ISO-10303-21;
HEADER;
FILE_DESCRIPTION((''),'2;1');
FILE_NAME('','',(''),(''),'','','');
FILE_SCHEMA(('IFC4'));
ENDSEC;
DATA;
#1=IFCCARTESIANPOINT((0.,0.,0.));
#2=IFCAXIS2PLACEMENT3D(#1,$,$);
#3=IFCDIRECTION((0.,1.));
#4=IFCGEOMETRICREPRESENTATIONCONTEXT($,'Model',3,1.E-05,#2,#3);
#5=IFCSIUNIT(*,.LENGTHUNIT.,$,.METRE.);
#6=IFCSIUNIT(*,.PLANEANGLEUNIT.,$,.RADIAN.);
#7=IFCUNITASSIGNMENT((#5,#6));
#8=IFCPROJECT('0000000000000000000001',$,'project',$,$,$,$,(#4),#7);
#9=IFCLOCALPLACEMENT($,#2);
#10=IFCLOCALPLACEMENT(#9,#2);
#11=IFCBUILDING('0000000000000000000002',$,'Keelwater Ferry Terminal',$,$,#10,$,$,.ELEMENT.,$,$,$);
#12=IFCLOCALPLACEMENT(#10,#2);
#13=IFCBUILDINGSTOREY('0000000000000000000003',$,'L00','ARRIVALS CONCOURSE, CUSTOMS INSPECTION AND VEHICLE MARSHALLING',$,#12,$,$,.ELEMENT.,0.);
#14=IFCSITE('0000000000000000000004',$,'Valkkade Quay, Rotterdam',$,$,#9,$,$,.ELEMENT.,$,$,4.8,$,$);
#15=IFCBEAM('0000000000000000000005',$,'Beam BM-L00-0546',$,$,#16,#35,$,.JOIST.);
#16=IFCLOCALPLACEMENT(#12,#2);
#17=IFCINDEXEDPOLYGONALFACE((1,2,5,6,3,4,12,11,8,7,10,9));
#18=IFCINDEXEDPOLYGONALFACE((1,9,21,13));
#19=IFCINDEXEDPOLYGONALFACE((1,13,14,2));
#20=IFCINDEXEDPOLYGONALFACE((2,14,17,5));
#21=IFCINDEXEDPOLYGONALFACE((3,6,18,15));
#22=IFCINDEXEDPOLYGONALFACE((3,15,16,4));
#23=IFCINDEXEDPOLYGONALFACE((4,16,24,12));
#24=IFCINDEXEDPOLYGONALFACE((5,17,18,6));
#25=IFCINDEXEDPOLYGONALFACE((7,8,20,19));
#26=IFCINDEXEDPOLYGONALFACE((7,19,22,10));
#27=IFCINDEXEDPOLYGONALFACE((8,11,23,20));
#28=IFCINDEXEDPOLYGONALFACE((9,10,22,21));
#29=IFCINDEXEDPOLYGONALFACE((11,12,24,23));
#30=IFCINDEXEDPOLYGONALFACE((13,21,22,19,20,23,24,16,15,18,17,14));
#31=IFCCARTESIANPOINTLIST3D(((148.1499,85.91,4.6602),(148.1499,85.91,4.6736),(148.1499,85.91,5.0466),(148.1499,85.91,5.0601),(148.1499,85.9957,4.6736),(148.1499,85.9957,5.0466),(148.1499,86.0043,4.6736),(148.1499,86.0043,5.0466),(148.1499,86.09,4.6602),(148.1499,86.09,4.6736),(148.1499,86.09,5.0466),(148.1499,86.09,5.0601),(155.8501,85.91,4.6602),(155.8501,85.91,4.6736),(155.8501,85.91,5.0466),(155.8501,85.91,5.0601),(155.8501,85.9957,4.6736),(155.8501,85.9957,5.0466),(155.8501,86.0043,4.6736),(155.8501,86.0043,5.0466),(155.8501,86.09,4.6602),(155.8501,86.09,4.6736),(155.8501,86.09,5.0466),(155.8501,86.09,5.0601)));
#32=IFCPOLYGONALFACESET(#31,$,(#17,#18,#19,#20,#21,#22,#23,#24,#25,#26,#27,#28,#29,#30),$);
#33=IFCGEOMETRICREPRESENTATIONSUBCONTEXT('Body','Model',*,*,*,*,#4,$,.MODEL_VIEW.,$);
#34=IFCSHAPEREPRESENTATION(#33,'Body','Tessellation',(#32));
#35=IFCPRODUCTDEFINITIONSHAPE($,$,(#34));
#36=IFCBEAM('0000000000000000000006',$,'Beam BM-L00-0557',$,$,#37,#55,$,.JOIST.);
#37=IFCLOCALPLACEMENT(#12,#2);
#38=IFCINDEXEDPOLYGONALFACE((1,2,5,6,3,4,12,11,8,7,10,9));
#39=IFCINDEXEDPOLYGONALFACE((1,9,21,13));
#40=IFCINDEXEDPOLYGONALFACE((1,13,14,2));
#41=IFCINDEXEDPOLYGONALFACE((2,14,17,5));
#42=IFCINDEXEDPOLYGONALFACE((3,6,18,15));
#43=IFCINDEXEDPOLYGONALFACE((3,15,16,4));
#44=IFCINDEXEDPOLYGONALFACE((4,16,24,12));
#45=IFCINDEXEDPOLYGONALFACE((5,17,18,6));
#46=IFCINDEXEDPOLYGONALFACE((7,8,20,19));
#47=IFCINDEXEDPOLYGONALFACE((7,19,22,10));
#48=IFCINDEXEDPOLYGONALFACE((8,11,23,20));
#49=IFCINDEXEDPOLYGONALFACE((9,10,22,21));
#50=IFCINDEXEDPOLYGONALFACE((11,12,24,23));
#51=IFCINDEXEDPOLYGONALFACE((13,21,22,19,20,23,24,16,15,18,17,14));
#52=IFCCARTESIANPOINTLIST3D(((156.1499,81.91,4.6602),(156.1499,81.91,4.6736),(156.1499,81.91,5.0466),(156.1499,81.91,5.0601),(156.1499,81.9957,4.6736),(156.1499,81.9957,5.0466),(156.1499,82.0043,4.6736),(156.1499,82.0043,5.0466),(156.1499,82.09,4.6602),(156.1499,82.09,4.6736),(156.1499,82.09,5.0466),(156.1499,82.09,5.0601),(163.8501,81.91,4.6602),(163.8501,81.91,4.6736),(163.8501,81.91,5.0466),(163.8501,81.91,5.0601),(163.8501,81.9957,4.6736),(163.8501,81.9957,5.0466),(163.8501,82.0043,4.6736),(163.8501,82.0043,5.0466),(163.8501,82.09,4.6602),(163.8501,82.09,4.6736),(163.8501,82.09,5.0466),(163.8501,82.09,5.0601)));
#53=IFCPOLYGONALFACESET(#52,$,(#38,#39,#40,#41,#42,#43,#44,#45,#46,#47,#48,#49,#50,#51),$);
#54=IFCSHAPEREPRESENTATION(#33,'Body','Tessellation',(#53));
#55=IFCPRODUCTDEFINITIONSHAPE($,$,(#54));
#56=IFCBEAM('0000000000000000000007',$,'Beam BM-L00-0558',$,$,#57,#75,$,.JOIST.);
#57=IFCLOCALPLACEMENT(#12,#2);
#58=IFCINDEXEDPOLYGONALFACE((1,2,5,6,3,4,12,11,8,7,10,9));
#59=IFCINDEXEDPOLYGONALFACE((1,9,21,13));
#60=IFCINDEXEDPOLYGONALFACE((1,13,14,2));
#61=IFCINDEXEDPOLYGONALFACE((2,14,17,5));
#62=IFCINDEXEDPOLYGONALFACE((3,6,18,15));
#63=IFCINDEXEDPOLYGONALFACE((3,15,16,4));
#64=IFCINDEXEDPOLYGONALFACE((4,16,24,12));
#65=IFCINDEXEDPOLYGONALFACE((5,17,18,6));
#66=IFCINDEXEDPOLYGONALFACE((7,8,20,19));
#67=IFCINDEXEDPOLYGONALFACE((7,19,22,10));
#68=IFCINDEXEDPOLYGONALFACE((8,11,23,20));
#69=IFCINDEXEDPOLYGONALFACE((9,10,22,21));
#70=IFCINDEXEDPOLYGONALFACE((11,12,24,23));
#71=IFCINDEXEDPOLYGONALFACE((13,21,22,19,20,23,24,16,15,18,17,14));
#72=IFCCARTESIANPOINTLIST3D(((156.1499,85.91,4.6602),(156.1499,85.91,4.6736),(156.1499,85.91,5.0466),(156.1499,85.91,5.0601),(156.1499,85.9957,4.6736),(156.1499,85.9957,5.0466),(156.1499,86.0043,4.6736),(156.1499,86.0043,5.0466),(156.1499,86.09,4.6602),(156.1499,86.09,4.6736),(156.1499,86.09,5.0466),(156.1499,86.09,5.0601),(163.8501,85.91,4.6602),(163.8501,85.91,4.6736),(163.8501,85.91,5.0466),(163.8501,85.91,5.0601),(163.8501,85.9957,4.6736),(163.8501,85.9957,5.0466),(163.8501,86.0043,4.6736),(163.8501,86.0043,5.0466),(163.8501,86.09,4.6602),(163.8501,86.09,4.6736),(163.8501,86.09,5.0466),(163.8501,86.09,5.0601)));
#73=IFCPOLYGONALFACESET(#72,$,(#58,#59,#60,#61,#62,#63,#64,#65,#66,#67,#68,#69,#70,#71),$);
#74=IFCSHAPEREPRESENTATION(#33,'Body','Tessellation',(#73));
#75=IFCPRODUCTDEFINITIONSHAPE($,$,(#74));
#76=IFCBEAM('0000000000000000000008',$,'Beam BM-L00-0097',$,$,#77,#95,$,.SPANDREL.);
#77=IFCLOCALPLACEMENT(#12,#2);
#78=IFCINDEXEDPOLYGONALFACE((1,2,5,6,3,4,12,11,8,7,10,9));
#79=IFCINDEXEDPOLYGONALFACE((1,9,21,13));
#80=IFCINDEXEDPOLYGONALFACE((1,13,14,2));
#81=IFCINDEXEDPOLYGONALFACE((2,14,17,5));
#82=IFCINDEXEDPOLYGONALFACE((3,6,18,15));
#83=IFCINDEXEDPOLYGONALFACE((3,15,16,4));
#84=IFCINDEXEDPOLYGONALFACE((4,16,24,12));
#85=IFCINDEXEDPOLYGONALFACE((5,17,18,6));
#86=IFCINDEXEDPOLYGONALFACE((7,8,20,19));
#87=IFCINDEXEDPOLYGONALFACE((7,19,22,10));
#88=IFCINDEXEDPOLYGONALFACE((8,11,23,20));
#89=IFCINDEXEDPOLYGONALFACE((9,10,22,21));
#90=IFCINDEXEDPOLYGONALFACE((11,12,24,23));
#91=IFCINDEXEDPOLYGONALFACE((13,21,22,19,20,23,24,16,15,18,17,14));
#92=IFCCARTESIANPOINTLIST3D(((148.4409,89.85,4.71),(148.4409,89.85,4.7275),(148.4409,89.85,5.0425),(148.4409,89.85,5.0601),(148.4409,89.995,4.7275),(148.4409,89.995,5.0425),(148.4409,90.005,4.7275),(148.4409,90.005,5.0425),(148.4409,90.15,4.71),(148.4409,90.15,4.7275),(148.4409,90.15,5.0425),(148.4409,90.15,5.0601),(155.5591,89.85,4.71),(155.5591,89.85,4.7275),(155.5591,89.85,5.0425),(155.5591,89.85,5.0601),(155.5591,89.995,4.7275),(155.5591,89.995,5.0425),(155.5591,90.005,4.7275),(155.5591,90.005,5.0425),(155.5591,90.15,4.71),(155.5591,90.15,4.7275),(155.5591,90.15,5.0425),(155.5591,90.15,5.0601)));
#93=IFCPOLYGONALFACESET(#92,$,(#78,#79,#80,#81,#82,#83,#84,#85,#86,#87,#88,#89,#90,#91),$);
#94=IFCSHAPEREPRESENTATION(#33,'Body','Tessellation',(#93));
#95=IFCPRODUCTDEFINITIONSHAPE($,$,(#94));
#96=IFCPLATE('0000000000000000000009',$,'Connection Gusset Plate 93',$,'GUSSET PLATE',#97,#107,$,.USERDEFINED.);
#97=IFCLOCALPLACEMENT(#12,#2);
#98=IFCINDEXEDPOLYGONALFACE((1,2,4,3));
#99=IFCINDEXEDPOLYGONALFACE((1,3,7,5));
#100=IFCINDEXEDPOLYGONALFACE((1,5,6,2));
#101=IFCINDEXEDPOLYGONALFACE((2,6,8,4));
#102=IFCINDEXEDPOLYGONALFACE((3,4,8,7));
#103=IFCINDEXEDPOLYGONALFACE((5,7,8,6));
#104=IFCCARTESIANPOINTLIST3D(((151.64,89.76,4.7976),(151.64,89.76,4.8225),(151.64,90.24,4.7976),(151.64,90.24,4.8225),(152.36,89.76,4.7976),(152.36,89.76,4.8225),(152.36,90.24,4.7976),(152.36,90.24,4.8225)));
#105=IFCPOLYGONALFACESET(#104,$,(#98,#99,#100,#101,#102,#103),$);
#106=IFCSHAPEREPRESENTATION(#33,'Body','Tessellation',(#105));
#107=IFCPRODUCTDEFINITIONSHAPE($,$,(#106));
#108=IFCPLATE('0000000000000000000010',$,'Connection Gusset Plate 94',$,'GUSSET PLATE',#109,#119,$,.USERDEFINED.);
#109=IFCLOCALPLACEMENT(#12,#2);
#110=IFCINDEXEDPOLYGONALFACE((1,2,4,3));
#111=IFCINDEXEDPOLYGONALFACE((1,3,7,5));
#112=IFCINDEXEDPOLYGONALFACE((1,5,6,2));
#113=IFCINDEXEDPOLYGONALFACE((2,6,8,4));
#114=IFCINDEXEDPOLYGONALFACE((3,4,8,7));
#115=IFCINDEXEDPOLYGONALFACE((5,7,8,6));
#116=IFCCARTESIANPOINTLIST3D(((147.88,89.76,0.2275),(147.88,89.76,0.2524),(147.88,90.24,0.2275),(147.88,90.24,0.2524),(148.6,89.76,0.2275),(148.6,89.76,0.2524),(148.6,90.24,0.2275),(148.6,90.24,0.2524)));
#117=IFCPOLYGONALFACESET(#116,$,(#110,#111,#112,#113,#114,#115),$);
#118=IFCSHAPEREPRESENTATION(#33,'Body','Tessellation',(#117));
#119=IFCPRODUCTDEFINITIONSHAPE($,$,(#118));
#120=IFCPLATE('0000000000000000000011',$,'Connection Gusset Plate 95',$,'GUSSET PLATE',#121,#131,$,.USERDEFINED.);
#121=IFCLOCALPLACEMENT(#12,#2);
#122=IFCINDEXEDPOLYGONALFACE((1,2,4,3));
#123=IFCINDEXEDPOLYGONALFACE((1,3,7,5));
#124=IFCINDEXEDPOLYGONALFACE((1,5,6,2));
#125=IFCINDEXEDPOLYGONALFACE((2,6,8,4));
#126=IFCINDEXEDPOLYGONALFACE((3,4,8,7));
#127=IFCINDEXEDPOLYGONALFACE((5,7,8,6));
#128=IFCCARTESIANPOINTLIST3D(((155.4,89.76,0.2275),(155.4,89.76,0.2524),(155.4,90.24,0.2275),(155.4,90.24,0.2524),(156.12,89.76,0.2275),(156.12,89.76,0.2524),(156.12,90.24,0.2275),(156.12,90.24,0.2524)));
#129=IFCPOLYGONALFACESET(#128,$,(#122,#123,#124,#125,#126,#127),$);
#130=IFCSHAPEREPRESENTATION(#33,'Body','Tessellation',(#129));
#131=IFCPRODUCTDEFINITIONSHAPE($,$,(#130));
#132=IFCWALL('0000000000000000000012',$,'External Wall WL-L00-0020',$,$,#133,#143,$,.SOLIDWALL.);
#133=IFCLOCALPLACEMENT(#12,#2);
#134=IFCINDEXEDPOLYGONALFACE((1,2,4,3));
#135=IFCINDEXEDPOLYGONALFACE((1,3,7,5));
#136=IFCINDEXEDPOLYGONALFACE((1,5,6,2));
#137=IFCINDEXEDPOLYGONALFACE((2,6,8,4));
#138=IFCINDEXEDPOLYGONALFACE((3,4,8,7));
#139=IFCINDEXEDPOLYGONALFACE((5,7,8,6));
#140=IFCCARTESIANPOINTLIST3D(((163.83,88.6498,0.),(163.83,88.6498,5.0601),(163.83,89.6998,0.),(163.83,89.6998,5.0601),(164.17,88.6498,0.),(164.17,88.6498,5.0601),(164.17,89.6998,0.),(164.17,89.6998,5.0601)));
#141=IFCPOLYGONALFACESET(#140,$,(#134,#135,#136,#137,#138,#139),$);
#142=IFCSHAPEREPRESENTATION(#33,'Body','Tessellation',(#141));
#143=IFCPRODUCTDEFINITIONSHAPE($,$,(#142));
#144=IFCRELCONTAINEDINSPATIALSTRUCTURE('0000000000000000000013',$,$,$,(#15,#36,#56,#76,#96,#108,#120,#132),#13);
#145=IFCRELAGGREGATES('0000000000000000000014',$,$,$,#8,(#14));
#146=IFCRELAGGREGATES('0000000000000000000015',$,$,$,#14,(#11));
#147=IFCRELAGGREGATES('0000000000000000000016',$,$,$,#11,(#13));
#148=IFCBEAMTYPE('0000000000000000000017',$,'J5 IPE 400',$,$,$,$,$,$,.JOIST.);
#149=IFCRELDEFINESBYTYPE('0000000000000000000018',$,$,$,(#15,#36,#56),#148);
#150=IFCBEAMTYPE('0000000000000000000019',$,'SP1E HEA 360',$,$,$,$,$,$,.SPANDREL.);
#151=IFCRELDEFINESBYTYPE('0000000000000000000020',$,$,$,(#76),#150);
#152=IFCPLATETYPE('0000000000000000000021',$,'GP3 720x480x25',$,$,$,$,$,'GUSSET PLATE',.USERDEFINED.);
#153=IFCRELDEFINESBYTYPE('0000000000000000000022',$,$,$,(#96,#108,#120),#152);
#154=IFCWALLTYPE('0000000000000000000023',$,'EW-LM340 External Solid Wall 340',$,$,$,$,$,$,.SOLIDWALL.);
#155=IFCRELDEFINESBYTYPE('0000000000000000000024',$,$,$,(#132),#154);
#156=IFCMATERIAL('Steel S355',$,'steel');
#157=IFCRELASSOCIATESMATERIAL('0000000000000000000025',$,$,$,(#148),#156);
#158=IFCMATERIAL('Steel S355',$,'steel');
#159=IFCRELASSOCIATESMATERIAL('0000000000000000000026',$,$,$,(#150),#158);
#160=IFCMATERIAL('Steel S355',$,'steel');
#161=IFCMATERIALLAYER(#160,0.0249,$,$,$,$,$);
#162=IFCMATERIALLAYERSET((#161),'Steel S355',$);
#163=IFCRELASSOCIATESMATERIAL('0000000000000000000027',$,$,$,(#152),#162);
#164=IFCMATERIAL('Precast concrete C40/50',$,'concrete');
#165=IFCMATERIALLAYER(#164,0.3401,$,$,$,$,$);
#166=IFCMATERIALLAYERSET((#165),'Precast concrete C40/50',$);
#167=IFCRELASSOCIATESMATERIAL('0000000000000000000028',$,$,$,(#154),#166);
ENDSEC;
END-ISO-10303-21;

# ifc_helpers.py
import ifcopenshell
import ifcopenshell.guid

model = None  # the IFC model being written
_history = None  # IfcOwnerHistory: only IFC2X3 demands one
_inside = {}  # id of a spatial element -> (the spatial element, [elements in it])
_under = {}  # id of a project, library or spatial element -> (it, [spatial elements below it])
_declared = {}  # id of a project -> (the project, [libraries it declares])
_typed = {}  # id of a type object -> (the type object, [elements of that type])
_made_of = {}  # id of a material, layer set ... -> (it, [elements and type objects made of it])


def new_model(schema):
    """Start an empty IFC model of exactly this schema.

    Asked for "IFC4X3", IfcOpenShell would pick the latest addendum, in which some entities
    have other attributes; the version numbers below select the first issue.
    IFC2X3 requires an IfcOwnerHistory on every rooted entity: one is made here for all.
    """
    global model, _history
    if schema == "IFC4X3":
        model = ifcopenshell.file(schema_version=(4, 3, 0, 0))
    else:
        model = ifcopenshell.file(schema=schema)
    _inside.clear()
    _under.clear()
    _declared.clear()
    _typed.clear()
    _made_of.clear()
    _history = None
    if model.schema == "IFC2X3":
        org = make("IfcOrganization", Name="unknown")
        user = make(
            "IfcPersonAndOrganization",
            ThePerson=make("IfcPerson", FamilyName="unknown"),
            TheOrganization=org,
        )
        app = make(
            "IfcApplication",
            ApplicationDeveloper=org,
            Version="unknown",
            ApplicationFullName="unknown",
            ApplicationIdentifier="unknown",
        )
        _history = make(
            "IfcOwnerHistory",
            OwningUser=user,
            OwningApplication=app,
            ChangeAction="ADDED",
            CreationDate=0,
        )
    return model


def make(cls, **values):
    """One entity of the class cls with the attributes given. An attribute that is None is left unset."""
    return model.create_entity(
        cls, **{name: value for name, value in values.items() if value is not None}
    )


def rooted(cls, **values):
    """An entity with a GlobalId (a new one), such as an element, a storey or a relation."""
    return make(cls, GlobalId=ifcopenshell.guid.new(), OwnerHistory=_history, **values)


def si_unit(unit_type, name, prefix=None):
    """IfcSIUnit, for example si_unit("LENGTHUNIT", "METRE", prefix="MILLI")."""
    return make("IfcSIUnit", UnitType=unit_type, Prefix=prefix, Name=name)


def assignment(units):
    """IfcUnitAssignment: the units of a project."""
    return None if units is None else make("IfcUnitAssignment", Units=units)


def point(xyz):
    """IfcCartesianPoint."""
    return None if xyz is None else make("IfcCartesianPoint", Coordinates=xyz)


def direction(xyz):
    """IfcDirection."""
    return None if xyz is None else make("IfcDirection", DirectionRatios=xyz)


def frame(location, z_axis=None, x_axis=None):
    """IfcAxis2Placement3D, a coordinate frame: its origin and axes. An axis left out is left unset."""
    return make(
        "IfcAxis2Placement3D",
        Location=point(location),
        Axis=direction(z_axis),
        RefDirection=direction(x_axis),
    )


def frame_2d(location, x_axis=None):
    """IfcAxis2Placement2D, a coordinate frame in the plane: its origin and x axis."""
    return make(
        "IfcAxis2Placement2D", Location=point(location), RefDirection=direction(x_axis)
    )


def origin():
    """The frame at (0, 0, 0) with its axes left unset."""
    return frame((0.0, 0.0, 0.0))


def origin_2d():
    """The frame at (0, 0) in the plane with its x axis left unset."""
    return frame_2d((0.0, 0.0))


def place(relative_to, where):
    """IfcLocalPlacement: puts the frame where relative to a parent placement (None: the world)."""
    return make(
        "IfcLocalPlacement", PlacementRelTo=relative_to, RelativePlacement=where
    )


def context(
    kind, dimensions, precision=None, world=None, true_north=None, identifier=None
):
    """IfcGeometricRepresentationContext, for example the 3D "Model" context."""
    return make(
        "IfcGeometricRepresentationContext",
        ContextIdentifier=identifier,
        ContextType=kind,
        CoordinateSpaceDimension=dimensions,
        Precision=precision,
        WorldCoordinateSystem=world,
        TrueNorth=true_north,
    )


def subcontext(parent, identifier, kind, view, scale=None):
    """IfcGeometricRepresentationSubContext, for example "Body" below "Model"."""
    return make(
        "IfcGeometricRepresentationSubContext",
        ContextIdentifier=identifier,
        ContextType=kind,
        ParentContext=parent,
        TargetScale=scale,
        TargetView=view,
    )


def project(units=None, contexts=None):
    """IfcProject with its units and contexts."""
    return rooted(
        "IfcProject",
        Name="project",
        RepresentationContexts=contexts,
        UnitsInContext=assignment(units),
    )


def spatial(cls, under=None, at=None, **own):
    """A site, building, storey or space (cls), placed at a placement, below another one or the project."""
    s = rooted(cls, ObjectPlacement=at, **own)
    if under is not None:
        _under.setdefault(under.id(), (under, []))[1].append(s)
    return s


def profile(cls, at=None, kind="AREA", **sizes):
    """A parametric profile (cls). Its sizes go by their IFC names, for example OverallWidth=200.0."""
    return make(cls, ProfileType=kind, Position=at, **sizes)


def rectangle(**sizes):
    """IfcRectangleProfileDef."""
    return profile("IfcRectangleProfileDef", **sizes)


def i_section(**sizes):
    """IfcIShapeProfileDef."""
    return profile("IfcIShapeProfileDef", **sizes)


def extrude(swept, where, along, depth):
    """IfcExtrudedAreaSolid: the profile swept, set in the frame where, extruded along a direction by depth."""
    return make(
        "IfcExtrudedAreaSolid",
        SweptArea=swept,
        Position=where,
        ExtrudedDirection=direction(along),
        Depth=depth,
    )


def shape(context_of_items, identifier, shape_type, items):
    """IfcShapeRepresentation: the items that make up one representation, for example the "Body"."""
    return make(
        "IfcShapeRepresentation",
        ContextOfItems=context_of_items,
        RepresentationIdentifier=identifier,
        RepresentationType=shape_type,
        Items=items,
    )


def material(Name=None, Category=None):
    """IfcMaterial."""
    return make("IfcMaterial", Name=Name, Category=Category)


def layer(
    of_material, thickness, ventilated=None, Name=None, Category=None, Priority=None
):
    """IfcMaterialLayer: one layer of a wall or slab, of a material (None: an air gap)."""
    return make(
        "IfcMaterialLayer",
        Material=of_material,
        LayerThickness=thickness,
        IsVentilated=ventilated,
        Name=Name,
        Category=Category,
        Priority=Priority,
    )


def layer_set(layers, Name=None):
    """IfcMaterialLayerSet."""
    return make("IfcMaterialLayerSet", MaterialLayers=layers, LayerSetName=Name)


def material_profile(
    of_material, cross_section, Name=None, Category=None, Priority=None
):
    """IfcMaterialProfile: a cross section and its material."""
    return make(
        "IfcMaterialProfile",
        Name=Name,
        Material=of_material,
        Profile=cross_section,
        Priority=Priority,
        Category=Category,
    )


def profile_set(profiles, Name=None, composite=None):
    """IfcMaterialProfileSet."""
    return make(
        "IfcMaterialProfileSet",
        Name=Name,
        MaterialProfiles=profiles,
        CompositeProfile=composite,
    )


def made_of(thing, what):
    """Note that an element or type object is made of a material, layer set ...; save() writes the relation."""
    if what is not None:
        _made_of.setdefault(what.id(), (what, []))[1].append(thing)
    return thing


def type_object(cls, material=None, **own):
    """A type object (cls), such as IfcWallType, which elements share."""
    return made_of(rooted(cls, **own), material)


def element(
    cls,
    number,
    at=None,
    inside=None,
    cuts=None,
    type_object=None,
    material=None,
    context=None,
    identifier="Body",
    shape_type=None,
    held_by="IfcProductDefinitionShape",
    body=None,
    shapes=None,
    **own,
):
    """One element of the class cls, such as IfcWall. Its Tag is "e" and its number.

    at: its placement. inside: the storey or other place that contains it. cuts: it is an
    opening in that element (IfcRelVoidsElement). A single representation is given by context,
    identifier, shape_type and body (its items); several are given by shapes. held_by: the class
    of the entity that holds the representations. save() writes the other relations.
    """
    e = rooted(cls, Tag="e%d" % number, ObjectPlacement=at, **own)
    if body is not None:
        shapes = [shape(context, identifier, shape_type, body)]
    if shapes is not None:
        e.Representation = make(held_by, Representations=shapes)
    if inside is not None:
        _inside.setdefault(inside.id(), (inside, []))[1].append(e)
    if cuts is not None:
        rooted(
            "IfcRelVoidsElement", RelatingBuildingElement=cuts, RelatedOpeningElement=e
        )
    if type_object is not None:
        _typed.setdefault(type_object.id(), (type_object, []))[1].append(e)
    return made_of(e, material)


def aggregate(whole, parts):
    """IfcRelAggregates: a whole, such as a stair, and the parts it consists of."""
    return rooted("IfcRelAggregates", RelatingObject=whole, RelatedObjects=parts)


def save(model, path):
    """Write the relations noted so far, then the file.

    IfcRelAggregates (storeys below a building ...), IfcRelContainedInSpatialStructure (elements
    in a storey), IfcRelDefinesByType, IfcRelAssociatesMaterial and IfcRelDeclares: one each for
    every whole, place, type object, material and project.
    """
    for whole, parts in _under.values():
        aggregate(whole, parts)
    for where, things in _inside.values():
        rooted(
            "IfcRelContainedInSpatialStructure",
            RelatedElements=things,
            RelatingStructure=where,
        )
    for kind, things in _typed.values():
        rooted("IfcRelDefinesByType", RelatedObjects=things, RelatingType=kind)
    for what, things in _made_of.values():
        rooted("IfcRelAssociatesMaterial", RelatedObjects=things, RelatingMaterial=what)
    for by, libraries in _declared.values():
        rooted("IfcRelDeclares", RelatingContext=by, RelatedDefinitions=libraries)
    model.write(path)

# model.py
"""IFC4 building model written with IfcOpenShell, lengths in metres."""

from ifc_helpers import new_model, si_unit, direction, frame, frame_2d, origin, origin_2d, place, context, subcontext, project, spatial, rectangle, i_section, extrude, material, layer, layer_set, material_profile, profile_set, type_object, element, save


model = new_model("IFC4")

# Units and contexts
model_context = context("Model", 3, precision=1e-05, world=origin(), true_north=direction((0.0, 1.0)))
body_context = subcontext(model_context, "Body", "Model", "MODEL_VIEW")
ifc_project = project(units=[si_unit("LENGTHUNIT", "METRE"), si_unit("PLANEANGLEUNIT", "RADIAN")], contexts=[model_context])

# Site, building, storey
site_placement = place(None, origin())
site = spatial("IfcSite", under=ifc_project, at=site_placement, Name="Valkkade Quay, Rotterdam", CompositionType="ELEMENT", RefElevation=4.8)
building_placement = place(site_placement, origin())
building = spatial("IfcBuilding", under=site, at=building_placement, Name="Keelwater Ferry Terminal", CompositionType="ELEMENT")
storey_placement = place(building_placement, origin())
storey = spatial("IfcBuildingStorey", under=building, at=storey_placement, Name="L00", Description="ARRIVALS CONCOURSE, CUSTOMS INSPECTION AND VEHICLE MARSHALLING", CompositionType="ELEMENT", Elevation=0.0)

# Beams
ifc_material_1 = material(Name="Steel S355", Category="steel")
ifc_material_profile_1 = material_profile(ifc_material_1, i_section(OverallWidth=0.1799, OverallDepth=0.3999, WebThickness=0.0085, FlangeThickness=0.0134, at=origin_2d()), Name="IPE 400")
ifc_profile_set_1 = profile_set([ifc_material_profile_1], Name="Steel S355")
beam_type_1 = type_object("IfcBeamType", Name="J5 IPE 400", PredefinedType="JOIST", material=ifc_profile_set_1)
for number, where, z_axis, x_axis, name in (
    (1, (148.1499, 86.0, 4.8601), (1.0, 0.0, 0.0), (0.0, 1.0, 0.0), "Beam BM-L00-0546"),
    (2, (156.1499, 82.0, 4.8601), (1.0, 0.0, 0.0), (0.0, 1.0, 0.0), "Beam BM-L00-0557"),
    (3, (156.1499, 86.0, 4.8601), (1.0, 0.0, 0.0), (0.0, 1.0, 0.0), "Beam BM-L00-0558"),
):
    element("IfcBeam", number, at=place(storey_placement, frame(where, z_axis=z_axis, x_axis=x_axis)), inside=storey, type_object=beam_type_1, Name=name, PredefinedType="JOIST", context=body_context, shape_type="SweptSolid", body=[
        extrude(i_section(OverallWidth=0.1799, OverallDepth=0.3999, WebThickness=0.0085, FlangeThickness=0.0134, at=origin_2d()), origin(), (0.0, 0.0, 1.0), 7.7002),
    ])
ifc_material_2 = material(Name="Steel S355", Category="steel")
ifc_material_profile_2 = material_profile(ifc_material_2, i_section(OverallWidth=0.3, OverallDepth=0.3501, WebThickness=0.01, FlangeThickness=0.0176, at=origin_2d()), Name="HEA 360")
ifc_profile_set_2 = profile_set([ifc_material_profile_2], Name="Steel S355")
beam_type_2 = type_object("IfcBeamType", Name="SP1E HEA 360", PredefinedType="SPANDREL", material=ifc_profile_set_2)
beam_placement = place(storey_placement, frame((148.4409, 90.0, 4.885), z_axis=(1.0, 0.0, 0.0), x_axis=(0.0, 1.0, 0.0)))
element("IfcBeam", 4, at=beam_placement, inside=storey, type_object=beam_type_2, Name="Beam BM-L00-0097", PredefinedType="SPANDREL", context=body_context, shape_type="SweptSolid", body=[
    extrude(i_section(OverallWidth=0.3, OverallDepth=0.3501, WebThickness=0.01, FlangeThickness=0.0176, at=origin_2d()), origin(), (0.0, 0.0, 1.0), 7.1182),
])

# Plates
ifc_material_3 = material(Name="Steel S355", Category="steel")
ifc_layer_1 = layer(ifc_material_3, 0.0249)
ifc_layer_set_1 = layer_set([ifc_layer_1], Name="Steel S355")
plate_type = type_object("IfcPlateType", Name="GP3 720x480x25", ElementType="GUSSET PLATE", PredefinedType="USERDEFINED", material=ifc_layer_set_1)
for number, where, z_axis, x_axis, name in (
    (5, (152.0, 90.0, 4.7976), (0.0, 0.0, 1.0), (1.0, 0.0, 0.0), "Connection Gusset Plate 93"),
    (6, (148.24, 90.0, 0.2275), (0.0, 0.0, 1.0), (1.0, 0.0, 0.0), "Connection Gusset Plate 94"),
    (7, (155.76, 90.0, 0.2275), (0.0, 0.0, 1.0), (1.0, 0.0, 0.0), "Connection Gusset Plate 95"),
):
    element("IfcPlate", number, at=place(storey_placement, frame(where, z_axis=z_axis, x_axis=x_axis)), inside=storey, type_object=plate_type, Name=name, ObjectType="GUSSET PLATE", PredefinedType="USERDEFINED", context=body_context, shape_type="SweptSolid", body=[
        extrude(rectangle(XDim=0.72, YDim=0.48, at=origin_2d()), origin(), (0.0, 0.0, 1.0), 0.0249),
    ])

# Wall
ifc_material_4 = material(Name="Precast concrete C40/50", Category="concrete")
ifc_layer_2 = layer(ifc_material_4, 0.3401)
ifc_layer_set_2 = layer_set([ifc_layer_2], Name="Precast concrete C40/50")
wall_type = type_object("IfcWallType", Name="EW-LM340 External Solid Wall 340", PredefinedType="SOLIDWALL", material=ifc_layer_set_2)
wall_placement = place(storey_placement, frame((164.0, 88.6499, 0.0), z_axis=(0.0, 0.0, 1.0), x_axis=(0.0, 1.0, 0.0)))
element("IfcWall", 8, at=wall_placement, inside=storey, type_object=wall_type, Name="External Wall WL-L00-0020", PredefinedType="SOLIDWALL", context=body_context, shape_type="SweptSolid", body=[
    extrude(rectangle(XDim=1.05, YDim=0.3401, at=frame_2d((0.5249, 0.0))), origin(), (0.0, 0.0, 1.0), 5.0601),
])

save(model, "model.ifc")
